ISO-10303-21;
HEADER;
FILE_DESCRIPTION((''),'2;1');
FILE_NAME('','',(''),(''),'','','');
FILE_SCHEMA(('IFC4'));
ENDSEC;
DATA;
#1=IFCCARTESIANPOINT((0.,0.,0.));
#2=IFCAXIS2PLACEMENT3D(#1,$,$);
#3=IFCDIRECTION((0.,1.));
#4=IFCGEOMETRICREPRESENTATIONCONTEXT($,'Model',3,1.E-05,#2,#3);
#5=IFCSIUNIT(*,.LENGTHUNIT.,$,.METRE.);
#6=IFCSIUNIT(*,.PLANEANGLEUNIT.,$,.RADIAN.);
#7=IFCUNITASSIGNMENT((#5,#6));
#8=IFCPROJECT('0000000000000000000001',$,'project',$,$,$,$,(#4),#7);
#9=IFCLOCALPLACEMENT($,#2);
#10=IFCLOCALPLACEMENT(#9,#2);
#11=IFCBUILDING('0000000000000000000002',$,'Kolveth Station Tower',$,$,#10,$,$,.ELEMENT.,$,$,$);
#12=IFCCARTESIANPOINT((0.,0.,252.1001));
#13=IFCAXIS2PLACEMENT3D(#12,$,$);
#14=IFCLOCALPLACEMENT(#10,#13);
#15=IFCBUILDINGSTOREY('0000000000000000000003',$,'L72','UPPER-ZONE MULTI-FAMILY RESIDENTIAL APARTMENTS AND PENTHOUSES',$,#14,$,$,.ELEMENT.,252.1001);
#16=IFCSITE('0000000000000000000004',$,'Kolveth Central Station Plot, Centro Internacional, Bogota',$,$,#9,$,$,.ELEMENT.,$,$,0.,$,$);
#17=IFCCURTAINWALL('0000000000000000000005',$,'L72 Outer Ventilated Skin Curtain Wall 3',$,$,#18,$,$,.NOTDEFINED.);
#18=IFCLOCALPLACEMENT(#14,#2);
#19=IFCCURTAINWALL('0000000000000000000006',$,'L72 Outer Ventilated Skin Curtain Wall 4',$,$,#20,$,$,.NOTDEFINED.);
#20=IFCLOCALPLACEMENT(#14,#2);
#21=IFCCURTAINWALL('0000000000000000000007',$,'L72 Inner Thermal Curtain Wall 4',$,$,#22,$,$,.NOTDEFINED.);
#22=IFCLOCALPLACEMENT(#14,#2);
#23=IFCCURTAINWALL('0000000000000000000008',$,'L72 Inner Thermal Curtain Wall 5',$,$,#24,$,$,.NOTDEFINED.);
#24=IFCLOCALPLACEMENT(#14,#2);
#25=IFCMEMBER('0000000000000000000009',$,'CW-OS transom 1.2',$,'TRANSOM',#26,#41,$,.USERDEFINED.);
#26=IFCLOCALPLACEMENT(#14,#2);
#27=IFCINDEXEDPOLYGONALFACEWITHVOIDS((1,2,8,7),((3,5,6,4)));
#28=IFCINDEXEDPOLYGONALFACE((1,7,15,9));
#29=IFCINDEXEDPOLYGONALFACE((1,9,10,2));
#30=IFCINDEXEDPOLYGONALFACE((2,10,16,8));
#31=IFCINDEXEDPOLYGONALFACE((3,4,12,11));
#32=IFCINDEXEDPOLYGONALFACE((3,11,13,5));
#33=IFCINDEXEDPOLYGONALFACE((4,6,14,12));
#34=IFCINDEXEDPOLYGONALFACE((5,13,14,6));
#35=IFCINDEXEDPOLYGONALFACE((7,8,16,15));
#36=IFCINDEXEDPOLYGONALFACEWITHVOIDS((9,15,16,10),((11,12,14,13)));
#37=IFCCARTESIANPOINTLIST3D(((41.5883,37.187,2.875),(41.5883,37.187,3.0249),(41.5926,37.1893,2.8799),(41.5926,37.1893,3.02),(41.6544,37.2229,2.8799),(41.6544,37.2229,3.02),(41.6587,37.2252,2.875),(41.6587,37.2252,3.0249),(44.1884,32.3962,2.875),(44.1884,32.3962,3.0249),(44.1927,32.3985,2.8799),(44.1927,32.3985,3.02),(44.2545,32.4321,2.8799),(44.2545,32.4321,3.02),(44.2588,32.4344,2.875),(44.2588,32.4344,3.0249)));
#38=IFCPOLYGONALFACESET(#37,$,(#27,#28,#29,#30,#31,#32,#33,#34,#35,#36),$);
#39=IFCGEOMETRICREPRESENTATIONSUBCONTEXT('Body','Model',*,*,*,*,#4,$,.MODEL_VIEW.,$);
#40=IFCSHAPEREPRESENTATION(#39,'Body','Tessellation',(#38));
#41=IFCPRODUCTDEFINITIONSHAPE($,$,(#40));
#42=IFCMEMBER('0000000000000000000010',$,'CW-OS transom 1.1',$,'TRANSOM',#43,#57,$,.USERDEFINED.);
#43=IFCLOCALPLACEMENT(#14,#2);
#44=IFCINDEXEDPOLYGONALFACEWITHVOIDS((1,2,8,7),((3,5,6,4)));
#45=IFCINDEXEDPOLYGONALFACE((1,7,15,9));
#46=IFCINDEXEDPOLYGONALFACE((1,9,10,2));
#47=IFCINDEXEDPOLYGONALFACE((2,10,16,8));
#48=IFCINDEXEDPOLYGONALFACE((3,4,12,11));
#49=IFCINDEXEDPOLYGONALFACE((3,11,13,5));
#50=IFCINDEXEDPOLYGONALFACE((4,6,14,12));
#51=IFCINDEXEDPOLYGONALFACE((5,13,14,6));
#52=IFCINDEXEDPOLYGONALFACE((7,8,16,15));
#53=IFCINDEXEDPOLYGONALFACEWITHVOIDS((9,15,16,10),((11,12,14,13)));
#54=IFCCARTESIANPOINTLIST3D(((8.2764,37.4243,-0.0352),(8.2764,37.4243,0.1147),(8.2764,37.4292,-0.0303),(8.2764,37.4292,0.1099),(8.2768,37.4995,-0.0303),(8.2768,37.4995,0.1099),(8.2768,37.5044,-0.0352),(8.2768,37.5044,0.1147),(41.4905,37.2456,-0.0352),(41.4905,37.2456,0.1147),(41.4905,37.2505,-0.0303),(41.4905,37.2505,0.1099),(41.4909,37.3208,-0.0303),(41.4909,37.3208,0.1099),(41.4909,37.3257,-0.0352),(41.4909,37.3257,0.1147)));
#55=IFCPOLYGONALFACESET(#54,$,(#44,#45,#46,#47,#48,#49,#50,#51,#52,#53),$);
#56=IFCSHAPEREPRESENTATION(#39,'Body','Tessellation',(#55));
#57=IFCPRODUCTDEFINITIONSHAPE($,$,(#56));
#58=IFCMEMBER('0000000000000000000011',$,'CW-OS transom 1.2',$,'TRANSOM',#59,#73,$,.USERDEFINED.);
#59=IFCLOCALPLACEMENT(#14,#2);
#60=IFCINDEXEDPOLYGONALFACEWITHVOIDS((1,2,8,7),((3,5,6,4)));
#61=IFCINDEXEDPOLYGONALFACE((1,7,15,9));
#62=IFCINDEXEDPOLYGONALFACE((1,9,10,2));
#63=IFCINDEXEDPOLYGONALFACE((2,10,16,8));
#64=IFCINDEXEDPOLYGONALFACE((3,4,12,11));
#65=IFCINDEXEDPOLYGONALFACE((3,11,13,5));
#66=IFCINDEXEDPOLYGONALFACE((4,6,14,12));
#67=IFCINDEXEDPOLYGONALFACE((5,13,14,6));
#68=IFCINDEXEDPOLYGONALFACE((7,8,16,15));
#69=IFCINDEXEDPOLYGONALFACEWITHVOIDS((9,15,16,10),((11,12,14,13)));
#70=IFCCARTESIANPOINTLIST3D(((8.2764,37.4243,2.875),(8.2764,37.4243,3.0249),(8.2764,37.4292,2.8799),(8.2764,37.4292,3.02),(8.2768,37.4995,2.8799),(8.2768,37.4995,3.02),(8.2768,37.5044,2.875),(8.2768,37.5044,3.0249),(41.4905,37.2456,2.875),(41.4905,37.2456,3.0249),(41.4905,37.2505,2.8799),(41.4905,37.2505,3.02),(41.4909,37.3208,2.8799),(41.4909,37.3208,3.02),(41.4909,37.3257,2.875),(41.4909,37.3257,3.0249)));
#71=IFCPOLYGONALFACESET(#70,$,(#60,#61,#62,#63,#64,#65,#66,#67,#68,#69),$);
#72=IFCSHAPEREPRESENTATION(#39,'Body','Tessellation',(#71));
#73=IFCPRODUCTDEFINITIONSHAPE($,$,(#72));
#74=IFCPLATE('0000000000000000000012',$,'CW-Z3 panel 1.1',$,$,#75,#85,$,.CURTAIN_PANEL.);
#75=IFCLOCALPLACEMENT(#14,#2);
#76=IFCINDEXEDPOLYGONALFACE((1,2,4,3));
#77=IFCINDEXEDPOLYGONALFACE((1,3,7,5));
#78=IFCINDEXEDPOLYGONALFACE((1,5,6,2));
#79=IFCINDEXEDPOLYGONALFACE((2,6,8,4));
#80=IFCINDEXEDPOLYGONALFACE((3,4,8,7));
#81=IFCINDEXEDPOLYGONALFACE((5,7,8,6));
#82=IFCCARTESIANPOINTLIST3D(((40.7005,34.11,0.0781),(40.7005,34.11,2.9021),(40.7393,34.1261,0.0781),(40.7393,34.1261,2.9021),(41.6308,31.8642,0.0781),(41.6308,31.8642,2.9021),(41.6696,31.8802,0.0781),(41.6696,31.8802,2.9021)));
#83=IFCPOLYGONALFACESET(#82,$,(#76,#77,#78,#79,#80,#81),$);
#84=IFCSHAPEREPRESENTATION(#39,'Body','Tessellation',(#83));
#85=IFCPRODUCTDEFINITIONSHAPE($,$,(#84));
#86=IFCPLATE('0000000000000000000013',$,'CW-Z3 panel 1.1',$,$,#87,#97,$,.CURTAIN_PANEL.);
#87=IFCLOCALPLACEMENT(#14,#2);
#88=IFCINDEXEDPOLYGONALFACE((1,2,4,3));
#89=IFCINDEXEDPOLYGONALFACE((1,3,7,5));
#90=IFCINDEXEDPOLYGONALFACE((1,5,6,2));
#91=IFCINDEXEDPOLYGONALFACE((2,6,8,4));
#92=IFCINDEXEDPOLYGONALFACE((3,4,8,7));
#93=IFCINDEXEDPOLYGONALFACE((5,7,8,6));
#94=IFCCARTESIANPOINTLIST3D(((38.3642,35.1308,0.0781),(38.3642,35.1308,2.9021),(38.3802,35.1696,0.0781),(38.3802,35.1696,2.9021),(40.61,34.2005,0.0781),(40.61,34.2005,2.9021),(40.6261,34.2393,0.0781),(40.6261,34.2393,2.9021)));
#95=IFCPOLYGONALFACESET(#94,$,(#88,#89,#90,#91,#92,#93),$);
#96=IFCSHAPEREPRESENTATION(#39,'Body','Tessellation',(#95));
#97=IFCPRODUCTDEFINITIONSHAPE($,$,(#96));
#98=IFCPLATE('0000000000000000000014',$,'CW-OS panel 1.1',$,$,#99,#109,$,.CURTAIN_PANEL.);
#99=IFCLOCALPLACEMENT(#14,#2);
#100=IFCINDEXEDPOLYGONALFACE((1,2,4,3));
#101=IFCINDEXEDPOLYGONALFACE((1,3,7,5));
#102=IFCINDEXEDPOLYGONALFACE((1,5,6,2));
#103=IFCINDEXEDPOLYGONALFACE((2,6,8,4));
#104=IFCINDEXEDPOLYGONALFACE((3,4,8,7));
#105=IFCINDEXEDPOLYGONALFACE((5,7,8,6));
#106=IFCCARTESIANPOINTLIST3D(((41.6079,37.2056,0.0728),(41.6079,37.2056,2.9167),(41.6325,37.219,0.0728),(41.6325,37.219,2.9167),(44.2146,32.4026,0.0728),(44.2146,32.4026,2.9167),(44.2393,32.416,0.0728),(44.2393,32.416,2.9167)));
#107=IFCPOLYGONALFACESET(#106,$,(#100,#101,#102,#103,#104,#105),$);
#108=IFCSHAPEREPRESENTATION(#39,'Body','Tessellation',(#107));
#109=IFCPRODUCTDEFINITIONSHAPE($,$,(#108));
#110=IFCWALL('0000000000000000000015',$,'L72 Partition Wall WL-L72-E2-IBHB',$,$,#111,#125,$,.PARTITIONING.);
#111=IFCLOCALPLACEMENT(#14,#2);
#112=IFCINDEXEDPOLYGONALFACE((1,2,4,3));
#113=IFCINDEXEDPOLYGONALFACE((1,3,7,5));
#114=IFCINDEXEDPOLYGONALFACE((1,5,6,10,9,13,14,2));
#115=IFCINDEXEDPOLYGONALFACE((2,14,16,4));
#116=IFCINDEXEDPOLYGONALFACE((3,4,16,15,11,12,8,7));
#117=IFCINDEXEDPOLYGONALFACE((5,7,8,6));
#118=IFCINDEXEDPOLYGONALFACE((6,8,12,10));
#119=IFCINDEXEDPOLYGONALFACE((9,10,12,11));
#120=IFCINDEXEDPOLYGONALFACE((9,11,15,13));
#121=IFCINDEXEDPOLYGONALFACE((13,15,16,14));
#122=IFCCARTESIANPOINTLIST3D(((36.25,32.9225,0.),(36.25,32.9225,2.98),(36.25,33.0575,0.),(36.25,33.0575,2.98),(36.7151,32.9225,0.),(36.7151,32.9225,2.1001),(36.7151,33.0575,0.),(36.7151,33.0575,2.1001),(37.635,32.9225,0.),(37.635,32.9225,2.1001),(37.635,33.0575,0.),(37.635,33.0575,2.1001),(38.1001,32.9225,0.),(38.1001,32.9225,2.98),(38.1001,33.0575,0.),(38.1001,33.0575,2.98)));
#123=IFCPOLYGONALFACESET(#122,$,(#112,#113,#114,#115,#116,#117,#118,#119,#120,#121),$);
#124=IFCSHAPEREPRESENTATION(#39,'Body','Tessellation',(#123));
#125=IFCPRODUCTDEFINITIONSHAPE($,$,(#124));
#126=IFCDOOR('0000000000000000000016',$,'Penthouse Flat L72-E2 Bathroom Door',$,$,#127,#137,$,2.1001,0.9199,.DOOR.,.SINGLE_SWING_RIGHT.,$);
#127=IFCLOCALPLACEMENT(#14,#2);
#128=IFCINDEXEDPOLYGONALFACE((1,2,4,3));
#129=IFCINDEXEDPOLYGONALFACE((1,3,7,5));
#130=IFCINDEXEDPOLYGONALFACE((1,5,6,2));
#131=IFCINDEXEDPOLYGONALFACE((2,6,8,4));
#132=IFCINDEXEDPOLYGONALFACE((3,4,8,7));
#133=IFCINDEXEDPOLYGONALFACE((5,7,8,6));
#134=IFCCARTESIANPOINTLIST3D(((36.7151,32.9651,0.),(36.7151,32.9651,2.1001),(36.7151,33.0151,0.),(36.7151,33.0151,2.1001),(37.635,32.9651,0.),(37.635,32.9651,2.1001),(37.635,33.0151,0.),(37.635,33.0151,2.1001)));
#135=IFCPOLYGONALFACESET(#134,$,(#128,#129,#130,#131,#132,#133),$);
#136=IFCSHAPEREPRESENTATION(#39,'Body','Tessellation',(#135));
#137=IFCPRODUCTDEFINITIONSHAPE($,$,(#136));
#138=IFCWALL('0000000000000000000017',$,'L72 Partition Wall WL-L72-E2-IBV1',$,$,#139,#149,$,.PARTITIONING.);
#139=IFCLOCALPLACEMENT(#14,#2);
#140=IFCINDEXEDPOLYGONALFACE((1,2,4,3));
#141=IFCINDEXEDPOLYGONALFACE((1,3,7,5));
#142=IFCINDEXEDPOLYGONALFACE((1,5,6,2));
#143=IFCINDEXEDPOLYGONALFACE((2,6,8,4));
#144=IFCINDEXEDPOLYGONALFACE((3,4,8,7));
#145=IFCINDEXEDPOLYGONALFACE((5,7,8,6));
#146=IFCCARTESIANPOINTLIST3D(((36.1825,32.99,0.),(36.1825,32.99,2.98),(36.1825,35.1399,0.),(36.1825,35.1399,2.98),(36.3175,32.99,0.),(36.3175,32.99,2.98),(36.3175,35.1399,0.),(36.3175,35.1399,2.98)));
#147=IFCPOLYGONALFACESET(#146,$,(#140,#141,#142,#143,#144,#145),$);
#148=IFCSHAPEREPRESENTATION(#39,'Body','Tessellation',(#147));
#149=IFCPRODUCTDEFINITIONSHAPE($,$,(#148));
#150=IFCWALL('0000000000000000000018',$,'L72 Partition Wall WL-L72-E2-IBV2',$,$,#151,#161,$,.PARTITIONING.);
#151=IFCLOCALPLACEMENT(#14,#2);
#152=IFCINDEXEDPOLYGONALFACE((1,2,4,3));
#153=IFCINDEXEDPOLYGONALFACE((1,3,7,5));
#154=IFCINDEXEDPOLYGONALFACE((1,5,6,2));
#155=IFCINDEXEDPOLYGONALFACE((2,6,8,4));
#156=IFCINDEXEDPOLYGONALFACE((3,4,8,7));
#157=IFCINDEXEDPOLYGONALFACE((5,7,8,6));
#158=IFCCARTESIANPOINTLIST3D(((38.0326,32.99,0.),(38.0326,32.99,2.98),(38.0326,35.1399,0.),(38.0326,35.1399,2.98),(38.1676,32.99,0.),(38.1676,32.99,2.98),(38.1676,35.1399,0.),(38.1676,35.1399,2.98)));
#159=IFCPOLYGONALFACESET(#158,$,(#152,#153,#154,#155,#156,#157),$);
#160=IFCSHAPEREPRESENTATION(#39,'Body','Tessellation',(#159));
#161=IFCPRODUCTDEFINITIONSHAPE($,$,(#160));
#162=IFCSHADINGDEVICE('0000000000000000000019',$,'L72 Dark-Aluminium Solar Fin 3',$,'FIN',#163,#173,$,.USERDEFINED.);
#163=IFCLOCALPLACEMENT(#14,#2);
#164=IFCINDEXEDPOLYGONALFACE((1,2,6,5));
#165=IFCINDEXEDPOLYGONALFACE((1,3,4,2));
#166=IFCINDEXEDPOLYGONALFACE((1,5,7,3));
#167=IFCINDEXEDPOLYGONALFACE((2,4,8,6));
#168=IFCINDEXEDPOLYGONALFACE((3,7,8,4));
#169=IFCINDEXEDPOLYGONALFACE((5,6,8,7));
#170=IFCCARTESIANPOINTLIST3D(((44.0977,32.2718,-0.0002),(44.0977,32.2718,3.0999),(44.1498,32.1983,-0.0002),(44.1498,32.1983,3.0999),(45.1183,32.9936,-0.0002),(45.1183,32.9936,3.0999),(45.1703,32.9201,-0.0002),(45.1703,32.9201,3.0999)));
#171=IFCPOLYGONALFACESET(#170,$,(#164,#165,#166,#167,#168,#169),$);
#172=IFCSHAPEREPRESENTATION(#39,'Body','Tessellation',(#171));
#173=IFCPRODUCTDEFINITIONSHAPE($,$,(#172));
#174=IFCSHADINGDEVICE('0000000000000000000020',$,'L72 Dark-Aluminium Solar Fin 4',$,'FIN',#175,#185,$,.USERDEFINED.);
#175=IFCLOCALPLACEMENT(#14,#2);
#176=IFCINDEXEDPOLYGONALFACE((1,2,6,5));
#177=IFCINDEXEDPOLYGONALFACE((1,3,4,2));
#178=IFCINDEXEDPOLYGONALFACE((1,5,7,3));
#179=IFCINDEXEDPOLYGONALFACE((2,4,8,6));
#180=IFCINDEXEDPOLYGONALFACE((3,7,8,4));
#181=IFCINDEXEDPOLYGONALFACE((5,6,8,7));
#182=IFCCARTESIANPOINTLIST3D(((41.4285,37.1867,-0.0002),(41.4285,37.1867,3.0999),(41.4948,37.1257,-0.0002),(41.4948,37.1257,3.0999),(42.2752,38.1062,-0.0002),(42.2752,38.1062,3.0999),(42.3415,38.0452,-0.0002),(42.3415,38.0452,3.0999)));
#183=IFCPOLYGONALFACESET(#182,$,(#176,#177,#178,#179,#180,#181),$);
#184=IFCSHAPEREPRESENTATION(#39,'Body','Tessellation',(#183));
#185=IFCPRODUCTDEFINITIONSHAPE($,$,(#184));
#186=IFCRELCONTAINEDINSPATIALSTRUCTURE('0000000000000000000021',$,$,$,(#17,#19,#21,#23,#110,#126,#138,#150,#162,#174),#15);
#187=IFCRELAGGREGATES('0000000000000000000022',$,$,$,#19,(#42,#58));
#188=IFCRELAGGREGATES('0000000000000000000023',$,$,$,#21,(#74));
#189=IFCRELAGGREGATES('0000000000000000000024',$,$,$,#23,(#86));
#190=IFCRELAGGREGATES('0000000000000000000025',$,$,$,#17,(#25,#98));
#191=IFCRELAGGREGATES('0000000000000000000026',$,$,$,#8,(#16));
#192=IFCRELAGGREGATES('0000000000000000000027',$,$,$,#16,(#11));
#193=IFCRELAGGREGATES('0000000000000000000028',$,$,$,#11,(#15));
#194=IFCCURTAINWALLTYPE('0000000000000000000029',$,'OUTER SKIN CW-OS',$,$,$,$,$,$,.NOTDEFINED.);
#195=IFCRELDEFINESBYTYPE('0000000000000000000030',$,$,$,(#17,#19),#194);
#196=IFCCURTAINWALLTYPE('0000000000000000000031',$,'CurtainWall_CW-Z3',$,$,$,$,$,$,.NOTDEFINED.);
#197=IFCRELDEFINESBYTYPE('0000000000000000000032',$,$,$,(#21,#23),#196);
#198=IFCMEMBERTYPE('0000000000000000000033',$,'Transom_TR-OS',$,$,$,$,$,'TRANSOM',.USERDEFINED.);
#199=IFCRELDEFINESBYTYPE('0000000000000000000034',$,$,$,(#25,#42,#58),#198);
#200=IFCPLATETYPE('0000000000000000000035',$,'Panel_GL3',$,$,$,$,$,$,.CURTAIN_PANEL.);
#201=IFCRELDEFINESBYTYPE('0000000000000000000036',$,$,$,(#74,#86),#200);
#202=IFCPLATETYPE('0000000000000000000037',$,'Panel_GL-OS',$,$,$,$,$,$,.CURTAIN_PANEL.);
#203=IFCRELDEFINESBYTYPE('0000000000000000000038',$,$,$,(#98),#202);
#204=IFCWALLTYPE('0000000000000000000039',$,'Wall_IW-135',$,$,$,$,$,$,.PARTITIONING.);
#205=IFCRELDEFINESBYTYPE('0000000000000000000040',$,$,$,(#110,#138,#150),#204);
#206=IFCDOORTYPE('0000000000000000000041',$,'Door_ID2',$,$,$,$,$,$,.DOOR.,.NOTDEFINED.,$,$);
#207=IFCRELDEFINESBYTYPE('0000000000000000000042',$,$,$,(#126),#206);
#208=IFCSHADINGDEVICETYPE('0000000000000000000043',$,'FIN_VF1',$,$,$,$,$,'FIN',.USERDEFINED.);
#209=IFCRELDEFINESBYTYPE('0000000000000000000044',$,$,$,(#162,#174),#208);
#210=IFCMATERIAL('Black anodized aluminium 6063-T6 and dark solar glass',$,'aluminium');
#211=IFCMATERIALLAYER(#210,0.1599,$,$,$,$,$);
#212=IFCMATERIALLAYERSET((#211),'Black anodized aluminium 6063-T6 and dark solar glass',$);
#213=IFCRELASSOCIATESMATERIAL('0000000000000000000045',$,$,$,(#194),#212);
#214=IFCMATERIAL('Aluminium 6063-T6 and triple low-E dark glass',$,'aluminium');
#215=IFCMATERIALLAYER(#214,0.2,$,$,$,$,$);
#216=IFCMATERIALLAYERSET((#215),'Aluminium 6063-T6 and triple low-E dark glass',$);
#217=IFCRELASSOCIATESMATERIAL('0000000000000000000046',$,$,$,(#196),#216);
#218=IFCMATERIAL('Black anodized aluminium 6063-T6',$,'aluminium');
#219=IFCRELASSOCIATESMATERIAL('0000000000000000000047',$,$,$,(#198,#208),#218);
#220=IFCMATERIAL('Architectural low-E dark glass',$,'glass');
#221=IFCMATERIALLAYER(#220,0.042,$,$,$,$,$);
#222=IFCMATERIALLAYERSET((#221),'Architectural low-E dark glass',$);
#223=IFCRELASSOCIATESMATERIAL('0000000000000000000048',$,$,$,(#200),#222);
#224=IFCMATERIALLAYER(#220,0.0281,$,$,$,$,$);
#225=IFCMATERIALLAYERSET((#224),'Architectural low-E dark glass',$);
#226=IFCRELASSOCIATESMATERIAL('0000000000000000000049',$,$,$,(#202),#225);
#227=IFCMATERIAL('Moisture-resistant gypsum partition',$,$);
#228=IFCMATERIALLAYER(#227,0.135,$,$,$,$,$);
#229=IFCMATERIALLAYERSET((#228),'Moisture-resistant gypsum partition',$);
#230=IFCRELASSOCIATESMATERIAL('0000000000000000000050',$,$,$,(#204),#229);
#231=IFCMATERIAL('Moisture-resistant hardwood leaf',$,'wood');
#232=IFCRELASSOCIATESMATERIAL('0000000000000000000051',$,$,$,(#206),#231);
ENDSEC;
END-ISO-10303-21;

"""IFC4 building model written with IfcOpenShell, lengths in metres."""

from ifc_helpers import new_model, si_unit, direction, frame, frame_2d, origin, origin_2d, place, context, subcontext, project, spatial, rectangle, hollow_rectangle, extrude, source, transform, mapped, material, layer, layer_set, material_profile, profile_set, type_object, element, fill, aggregate, save


model = new_model("IFC4")

# Units and contexts
model_context = context("Model", 3, precision=1e-05, world=origin(), true_north=direction((0.0, 1.0)))
body_context = subcontext(model_context, "Body", "Model", "MODEL_VIEW")
ifc_project = project(units=[si_unit("LENGTHUNIT", "METRE"), si_unit("PLANEANGLEUNIT", "RADIAN")], contexts=[model_context])

# Site, building, storey
site_placement = place(None, origin())
site = spatial("IfcSite", under=ifc_project, at=site_placement, Name="Kolveth Central Station Plot, Centro Internacional, Bogota", CompositionType="ELEMENT", RefElevation=0.0)
building_placement = place(site_placement, origin())
building = spatial("IfcBuilding", under=site, at=building_placement, Name="Kolveth Station Tower", CompositionType="ELEMENT")
storey_placement = place(building_placement, frame((0.0, 0.0, 252.1001)))
storey = spatial("IfcBuildingStorey", under=building, at=storey_placement, Name="L72", Description="UPPER-ZONE MULTI-FAMILY RESIDENTIAL APARTMENTS AND PENTHOUSES", CompositionType="ELEMENT", Elevation=252.1001)

# Curtain walls
ifc_material_1 = material(Name="Black anodized aluminium 6063-T6 and dark solar glass", Category="aluminium")
ifc_layer_1 = layer(ifc_material_1, 0.1599)
ifc_layer_set_1 = layer_set([ifc_layer_1], Name="Black anodized aluminium 6063-T6 and dark solar glass")
curtain_wall_type_1 = type_object("IfcCurtainWallType", Name="OUTER SKIN CW-OS", PredefinedType="NOTDEFINED", material=ifc_layer_set_1)
curtain_wall_1_placement = place(storey_placement, origin())
curtain_wall_1 = element("IfcCurtainWall", 1, at=curtain_wall_1_placement, inside=storey, type_object=curtain_wall_type_1, Name="L72 Outer Ventilated Skin Curtain Wall 3", PredefinedType="NOTDEFINED")
ifc_material_2 = material(Name="Black anodized aluminium 6063-T6", Category="aluminium")
curtain_wall_2_placement = place(storey_placement, origin())
curtain_wall_2 = element("IfcCurtainWall", 2, at=curtain_wall_2_placement, inside=storey, type_object=curtain_wall_type_1, Name="L72 Outer Ventilated Skin Curtain Wall 4", PredefinedType="NOTDEFINED")
ifc_material_3 = material(Name="Aluminium 6063-T6 and triple low-E dark glass", Category="aluminium")
ifc_layer_2 = layer(ifc_material_3, 0.2)
ifc_layer_set_2 = layer_set([ifc_layer_2], Name="Aluminium 6063-T6 and triple low-E dark glass")
curtain_wall_type_2 = type_object("IfcCurtainWallType", Name="CurtainWall_CW-Z3", PredefinedType="NOTDEFINED", material=ifc_layer_set_2)
curtain_wall_3_placement = place(storey_placement, origin())
curtain_wall_3 = element("IfcCurtainWall", 3, at=curtain_wall_3_placement, inside=storey, type_object=curtain_wall_type_2, Name="L72 Inner Thermal Curtain Wall 4", PredefinedType="NOTDEFINED")

# Curtain wall
curtain_wall_4_placement = place(storey_placement, origin())
curtain_wall_4 = element("IfcCurtainWall", 4, at=curtain_wall_4_placement, inside=storey, type_object=curtain_wall_type_2, Name="L72 Inner Thermal Curtain Wall 5", PredefinedType="NOTDEFINED")

# Members
ifc_material_profile_1 = material_profile(ifc_material_2, hollow_rectangle(XDim=0.0801, YDim=0.1499, WallThickness=0.0049, at=origin_2d()), Name="ALU-80x150x5")
ifc_profile_set_1 = profile_set([ifc_material_profile_1], Name="Black anodized aluminium 6063-T6")
member_type_1 = type_object("IfcMemberType", Name="Transom_TR-OS", ElementType="TRANSOM", PredefinedType="USERDEFINED", material=ifc_profile_set_1)
shared_shape_1 = source(origin(), body_context, "Body", "SweptSolid", [
    extrude(hollow_rectangle(XDim=0.0801, YDim=0.1499, WallThickness=0.0049, at=origin_2d()), origin(), (0.0, 0.0, 1.0), 5.4509),
])
member_1_placement = place(storey_placement, frame((44.2236, 32.4153, 2.95), z_axis=(-0.477006, 0.8789, 0.0), x_axis=(-0.8789, -0.477006, 0.0)))
member_1 = element("IfcMember", 5, at=member_1_placement, type_object=member_type_1, Name="CW-OS transom 1.2", ObjectType="TRANSOM", PredefinedType="USERDEFINED", context=body_context, shape_type="MappedRepresentation", body=[
    mapped(shared_shape_1, transform((0.0, 0.0, 0.0), x_axis=(1.0, 0.0, 0.0), y_axis=(0.0, 1.0, 0.0), z_axis=(0.0, 0.0, 1.0), scale=1.0)),
])
shared_shape_2 = source(origin(), body_context, "Body", "SweptSolid", [
    extrude(hollow_rectangle(XDim=0.0801, YDim=0.1499, WallThickness=0.0049, at=origin_2d()), origin(), (0.0, 0.0, 1.0), 33.2146),
])
member_2_placement = place(storey_placement, frame((41.4907, 37.2856, 0.0398), z_axis=(-0.999986, 0.00538, 0.0), x_axis=(-0.00538, -0.999986, 0.0)))
member_2 = element("IfcMember", 6, at=member_2_placement, type_object=member_type_1, Name="CW-OS transom 1.1", ObjectType="TRANSOM", PredefinedType="USERDEFINED", context=body_context, shape_type="MappedRepresentation", body=[
    mapped(shared_shape_2, transform((0.0, 0.0, 0.0), x_axis=(1.0, 0.0, 0.0), y_axis=(0.0, 1.0, 0.0), z_axis=(0.0, 0.0, 1.0), scale=1.0)),
])
member_3_placement = place(storey_placement, frame((41.4907, 37.2856, 2.95), z_axis=(-0.999986, 0.00538, 0.0), x_axis=(-0.00538, -0.999986, 0.0)))
member_3 = element("IfcMember", 7, at=member_3_placement, type_object=member_type_1, Name="CW-OS transom 1.2", ObjectType="TRANSOM", PredefinedType="USERDEFINED", context=body_context, shape_type="MappedRepresentation", body=[
    mapped(shared_shape_2, transform((0.0, 0.0, 0.0), x_axis=(1.0, 0.0, 0.0), y_axis=(0.0, 1.0, 0.0), z_axis=(0.0, 0.0, 1.0), scale=1.0)),
])
aggregate(curtain_wall_2, [member_2, member_3])

# Plates
ifc_material_4 = material(Name="Architectural low-E dark glass", Category="glass")
ifc_layer_3 = layer(ifc_material_4, 0.042)
ifc_layer_set_3 = layer_set([ifc_layer_3], Name="Architectural low-E dark glass")
plate_type_1 = type_object("IfcPlateType", Name="Panel_GL3", PredefinedType="CURTAIN_PANEL", material=ifc_layer_set_3)
shared_shape_3 = source(origin(), body_context, "Body", "SweptSolid", [
    extrude(rectangle(XDim=2.4309, YDim=0.042, at=origin_2d()), origin(), (0.0, 0.0, 1.0), 2.824),
])
plate_1_placement = place(storey_placement, frame((41.1851, 32.9951, 0.0781), z_axis=(0.0, 0.0, 1.0), x_axis=(-0.382693, 0.923875, 0.0)))
plate_1 = element("IfcPlate", 8, at=plate_1_placement, type_object=plate_type_1, Name="CW-Z3 panel 1.1", PredefinedType="CURTAIN_PANEL", context=body_context, shape_type="MappedRepresentation", body=[
    mapped(shared_shape_3, transform((0.0, 0.0, 0.0), x_axis=(1.0, 0.0, 0.0), y_axis=(0.0, 1.0, 0.0), z_axis=(0.0, 0.0, 1.0), scale=1.0)),
])
aggregate(curtain_wall_3, [plate_1])
plate_2_placement = place(storey_placement, frame((39.4951, 34.6851, 0.0781), z_axis=(0.0, 0.0, 1.0), x_axis=(-0.923875, 0.382693, 0.0)))
plate_2 = element("IfcPlate", 9, at=plate_2_placement, type_object=plate_type_1, Name="CW-Z3 panel 1.1", PredefinedType="CURTAIN_PANEL", context=body_context, shape_type="MappedRepresentation", body=[
    mapped(shared_shape_3, transform((0.0, 0.0, 0.0), x_axis=(1.0, 0.0, 0.0), y_axis=(0.0, 1.0, 0.0), z_axis=(0.0, 0.0, 1.0), scale=1.0)),
])
aggregate(curtain_wall_4, [plate_2])
ifc_layer_4 = layer(ifc_material_4, 0.0281)
ifc_layer_set_4 = layer_set([ifc_layer_4], Name="Architectural low-E dark glass")
plate_type_2 = type_object("IfcPlateType", Name="Panel_GL-OS", PredefinedType="CURTAIN_PANEL", material=ifc_layer_set_4)
shared_shape_4 = source(origin(), body_context, "Body", "SweptSolid", [
    extrude(rectangle(XDim=5.4648, YDim=0.0281, at=origin_2d()), origin(), (0.0, 0.0, 1.0), 2.844),
])
plate_3_placement = place(storey_placement, frame((42.9236, 34.8108, 0.0728), z_axis=(0.0, 0.0, 1.0), x_axis=(-0.47701, 0.878898, 0.0)))
plate_3 = element("IfcPlate", 10, at=plate_3_placement, type_object=plate_type_2, Name="CW-OS panel 1.1", PredefinedType="CURTAIN_PANEL", context=body_context, shape_type="MappedRepresentation", body=[
    mapped(shared_shape_4, transform((0.0, 0.0, 0.0), x_axis=(1.0, 0.0, 0.0), y_axis=(0.0, 1.0, 0.0), z_axis=(0.0, 0.0, 1.0), scale=1.0)),
])
aggregate(curtain_wall_1, [member_1, plate_3])

# Wall, opening, door
ifc_material_5 = material(Name="Moisture-resistant gypsum partition")
ifc_layer_5 = layer(ifc_material_5, 0.135)
ifc_layer_set_5 = layer_set([ifc_layer_5], Name="Moisture-resistant gypsum partition")
wall_type = type_object("IfcWallType", Name="Wall_IW-135", PredefinedType="PARTITIONING", material=ifc_layer_set_5)
wall_placement = place(storey_placement, frame((36.25, 32.99, 0.0), z_axis=(0.0, 0.0, 1.0), x_axis=(1.0, 0.0, 0.0)))
wall = element("IfcWall", 11, at=wall_placement, inside=storey, type_object=wall_type, Name="L72 Partition Wall WL-L72-E2-IBHB", PredefinedType="PARTITIONING", context=body_context, shape_type="SweptSolid", body=[
    extrude(rectangle(XDim=1.8501, YDim=0.135, at=frame_2d((0.925, 0.0))), origin(), (0.0, 0.0, 1.0), 2.98),
])
opening_placement = place(wall_placement, frame((0.4651, 0.0, 0.0)))
opening = element("IfcOpeningElement", 12, at=opening_placement, cuts=wall, PredefinedType="OPENING", context=body_context, shape_type="SweptSolid", body=[
    extrude(rectangle(XDim=0.9199, YDim=2.1001, at=frame_2d((0.46, 1.05))), frame((0.0, 0.0774, 0.0), z_axis=(0.0, -1.0, 0.0), x_axis=(1.0, 0.0, 0.0)), (0.0, 0.0, 1.0), 0.155),
])
ifc_material_6 = material(Name="Moisture-resistant hardwood leaf", Category="wood")
door_type = type_object("IfcDoorType", Name="Door_ID2", OperationType="NOTDEFINED", PredefinedType="DOOR", material=ifc_material_6)
door_placement = place(opening_placement, frame((0.9199, 0.0, 0.0), z_axis=(0.0, 0.0, 1.0), x_axis=(-1.0, 0.0, 0.0)))
door = element("IfcDoor", 13, at=door_placement, inside=storey, type_object=door_type, Name="Penthouse Flat L72-E2 Bathroom Door", OperationType="SINGLE_SWING_RIGHT", OverallHeight=2.1001, OverallWidth=0.9199, PredefinedType="DOOR", context=body_context, shape_type="SweptSolid", body=[
    extrude(rectangle(XDim=0.9199, YDim=2.1001, at=frame_2d((0.46, 1.05))), frame((0.0, 0.0249, 0.0), z_axis=(0.0, -1.0, 0.0), x_axis=(1.0, 0.0, 0.0)), (0.0, 0.0, 1.0), 0.05),
])
fill(opening, door)

# Walls
for number, where, z_axis, x_axis, name in (
    (14, (36.25, 32.99, 0.0), (0.0, 0.0, 1.0), (0.0, 1.0, 0.0), "L72 Partition Wall WL-L72-E2-IBV1"),
    (15, (38.1001, 32.99, 0.0), (0.0, 0.0, 1.0), (0.0, 1.0, 0.0), "L72 Partition Wall WL-L72-E2-IBV2"),
):
    element("IfcWall", number, at=place(storey_placement, frame(where, z_axis=z_axis, x_axis=x_axis)), inside=storey, type_object=wall_type, Name=name, PredefinedType="PARTITIONING", context=body_context, shape_type="SweptSolid", body=[
        extrude(rectangle(XDim=2.1499, YDim=0.135, at=frame_2d((1.075, 0.0))), origin(), (0.0, 0.0, 1.0), 2.98),
    ])

# Shading devices
shading_device_type = type_object("IfcShadingDeviceType", Name="FIN_VF1", ElementType="FIN", PredefinedType="USERDEFINED", material=ifc_material_2)
shared_shape_5 = source(origin(), body_context, "Body", "SweptSolid", [
    extrude(rectangle(XDim=1.25, YDim=0.0901, at=origin_2d()), origin(), (0.0, 0.0, 1.0), 3.1001),
])
for number, where, z_axis, x_axis, name in (
    (16, (44.634, 32.5959, -0.0002), (0.0, 0.0, 1.0), (0.81644, 0.57743, 0.0), "L72 Dark-Aluminium Solar Fin 3"),
    (17, (41.885, 37.616, -0.0002), (0.0, 0.0, 1.0), (0.67739, 0.735624, 0.0), "L72 Dark-Aluminium Solar Fin 4"),
):
    element("IfcShadingDevice", number, at=place(storey_placement, frame(where, z_axis=z_axis, x_axis=x_axis)), inside=storey, type_object=shading_device_type, Name=name, ObjectType="FIN", PredefinedType="USERDEFINED", context=body_context, shape_type="MappedRepresentation", body=[
        mapped(shared_shape_5, transform((0.0, 0.0, 0.0), x_axis=(1.0, 0.0, 0.0), y_axis=(0.0, 1.0, 0.0), z_axis=(0.0, 0.0, 1.0), scale=1.0)),
    ])

save(model, "model.ifc")
